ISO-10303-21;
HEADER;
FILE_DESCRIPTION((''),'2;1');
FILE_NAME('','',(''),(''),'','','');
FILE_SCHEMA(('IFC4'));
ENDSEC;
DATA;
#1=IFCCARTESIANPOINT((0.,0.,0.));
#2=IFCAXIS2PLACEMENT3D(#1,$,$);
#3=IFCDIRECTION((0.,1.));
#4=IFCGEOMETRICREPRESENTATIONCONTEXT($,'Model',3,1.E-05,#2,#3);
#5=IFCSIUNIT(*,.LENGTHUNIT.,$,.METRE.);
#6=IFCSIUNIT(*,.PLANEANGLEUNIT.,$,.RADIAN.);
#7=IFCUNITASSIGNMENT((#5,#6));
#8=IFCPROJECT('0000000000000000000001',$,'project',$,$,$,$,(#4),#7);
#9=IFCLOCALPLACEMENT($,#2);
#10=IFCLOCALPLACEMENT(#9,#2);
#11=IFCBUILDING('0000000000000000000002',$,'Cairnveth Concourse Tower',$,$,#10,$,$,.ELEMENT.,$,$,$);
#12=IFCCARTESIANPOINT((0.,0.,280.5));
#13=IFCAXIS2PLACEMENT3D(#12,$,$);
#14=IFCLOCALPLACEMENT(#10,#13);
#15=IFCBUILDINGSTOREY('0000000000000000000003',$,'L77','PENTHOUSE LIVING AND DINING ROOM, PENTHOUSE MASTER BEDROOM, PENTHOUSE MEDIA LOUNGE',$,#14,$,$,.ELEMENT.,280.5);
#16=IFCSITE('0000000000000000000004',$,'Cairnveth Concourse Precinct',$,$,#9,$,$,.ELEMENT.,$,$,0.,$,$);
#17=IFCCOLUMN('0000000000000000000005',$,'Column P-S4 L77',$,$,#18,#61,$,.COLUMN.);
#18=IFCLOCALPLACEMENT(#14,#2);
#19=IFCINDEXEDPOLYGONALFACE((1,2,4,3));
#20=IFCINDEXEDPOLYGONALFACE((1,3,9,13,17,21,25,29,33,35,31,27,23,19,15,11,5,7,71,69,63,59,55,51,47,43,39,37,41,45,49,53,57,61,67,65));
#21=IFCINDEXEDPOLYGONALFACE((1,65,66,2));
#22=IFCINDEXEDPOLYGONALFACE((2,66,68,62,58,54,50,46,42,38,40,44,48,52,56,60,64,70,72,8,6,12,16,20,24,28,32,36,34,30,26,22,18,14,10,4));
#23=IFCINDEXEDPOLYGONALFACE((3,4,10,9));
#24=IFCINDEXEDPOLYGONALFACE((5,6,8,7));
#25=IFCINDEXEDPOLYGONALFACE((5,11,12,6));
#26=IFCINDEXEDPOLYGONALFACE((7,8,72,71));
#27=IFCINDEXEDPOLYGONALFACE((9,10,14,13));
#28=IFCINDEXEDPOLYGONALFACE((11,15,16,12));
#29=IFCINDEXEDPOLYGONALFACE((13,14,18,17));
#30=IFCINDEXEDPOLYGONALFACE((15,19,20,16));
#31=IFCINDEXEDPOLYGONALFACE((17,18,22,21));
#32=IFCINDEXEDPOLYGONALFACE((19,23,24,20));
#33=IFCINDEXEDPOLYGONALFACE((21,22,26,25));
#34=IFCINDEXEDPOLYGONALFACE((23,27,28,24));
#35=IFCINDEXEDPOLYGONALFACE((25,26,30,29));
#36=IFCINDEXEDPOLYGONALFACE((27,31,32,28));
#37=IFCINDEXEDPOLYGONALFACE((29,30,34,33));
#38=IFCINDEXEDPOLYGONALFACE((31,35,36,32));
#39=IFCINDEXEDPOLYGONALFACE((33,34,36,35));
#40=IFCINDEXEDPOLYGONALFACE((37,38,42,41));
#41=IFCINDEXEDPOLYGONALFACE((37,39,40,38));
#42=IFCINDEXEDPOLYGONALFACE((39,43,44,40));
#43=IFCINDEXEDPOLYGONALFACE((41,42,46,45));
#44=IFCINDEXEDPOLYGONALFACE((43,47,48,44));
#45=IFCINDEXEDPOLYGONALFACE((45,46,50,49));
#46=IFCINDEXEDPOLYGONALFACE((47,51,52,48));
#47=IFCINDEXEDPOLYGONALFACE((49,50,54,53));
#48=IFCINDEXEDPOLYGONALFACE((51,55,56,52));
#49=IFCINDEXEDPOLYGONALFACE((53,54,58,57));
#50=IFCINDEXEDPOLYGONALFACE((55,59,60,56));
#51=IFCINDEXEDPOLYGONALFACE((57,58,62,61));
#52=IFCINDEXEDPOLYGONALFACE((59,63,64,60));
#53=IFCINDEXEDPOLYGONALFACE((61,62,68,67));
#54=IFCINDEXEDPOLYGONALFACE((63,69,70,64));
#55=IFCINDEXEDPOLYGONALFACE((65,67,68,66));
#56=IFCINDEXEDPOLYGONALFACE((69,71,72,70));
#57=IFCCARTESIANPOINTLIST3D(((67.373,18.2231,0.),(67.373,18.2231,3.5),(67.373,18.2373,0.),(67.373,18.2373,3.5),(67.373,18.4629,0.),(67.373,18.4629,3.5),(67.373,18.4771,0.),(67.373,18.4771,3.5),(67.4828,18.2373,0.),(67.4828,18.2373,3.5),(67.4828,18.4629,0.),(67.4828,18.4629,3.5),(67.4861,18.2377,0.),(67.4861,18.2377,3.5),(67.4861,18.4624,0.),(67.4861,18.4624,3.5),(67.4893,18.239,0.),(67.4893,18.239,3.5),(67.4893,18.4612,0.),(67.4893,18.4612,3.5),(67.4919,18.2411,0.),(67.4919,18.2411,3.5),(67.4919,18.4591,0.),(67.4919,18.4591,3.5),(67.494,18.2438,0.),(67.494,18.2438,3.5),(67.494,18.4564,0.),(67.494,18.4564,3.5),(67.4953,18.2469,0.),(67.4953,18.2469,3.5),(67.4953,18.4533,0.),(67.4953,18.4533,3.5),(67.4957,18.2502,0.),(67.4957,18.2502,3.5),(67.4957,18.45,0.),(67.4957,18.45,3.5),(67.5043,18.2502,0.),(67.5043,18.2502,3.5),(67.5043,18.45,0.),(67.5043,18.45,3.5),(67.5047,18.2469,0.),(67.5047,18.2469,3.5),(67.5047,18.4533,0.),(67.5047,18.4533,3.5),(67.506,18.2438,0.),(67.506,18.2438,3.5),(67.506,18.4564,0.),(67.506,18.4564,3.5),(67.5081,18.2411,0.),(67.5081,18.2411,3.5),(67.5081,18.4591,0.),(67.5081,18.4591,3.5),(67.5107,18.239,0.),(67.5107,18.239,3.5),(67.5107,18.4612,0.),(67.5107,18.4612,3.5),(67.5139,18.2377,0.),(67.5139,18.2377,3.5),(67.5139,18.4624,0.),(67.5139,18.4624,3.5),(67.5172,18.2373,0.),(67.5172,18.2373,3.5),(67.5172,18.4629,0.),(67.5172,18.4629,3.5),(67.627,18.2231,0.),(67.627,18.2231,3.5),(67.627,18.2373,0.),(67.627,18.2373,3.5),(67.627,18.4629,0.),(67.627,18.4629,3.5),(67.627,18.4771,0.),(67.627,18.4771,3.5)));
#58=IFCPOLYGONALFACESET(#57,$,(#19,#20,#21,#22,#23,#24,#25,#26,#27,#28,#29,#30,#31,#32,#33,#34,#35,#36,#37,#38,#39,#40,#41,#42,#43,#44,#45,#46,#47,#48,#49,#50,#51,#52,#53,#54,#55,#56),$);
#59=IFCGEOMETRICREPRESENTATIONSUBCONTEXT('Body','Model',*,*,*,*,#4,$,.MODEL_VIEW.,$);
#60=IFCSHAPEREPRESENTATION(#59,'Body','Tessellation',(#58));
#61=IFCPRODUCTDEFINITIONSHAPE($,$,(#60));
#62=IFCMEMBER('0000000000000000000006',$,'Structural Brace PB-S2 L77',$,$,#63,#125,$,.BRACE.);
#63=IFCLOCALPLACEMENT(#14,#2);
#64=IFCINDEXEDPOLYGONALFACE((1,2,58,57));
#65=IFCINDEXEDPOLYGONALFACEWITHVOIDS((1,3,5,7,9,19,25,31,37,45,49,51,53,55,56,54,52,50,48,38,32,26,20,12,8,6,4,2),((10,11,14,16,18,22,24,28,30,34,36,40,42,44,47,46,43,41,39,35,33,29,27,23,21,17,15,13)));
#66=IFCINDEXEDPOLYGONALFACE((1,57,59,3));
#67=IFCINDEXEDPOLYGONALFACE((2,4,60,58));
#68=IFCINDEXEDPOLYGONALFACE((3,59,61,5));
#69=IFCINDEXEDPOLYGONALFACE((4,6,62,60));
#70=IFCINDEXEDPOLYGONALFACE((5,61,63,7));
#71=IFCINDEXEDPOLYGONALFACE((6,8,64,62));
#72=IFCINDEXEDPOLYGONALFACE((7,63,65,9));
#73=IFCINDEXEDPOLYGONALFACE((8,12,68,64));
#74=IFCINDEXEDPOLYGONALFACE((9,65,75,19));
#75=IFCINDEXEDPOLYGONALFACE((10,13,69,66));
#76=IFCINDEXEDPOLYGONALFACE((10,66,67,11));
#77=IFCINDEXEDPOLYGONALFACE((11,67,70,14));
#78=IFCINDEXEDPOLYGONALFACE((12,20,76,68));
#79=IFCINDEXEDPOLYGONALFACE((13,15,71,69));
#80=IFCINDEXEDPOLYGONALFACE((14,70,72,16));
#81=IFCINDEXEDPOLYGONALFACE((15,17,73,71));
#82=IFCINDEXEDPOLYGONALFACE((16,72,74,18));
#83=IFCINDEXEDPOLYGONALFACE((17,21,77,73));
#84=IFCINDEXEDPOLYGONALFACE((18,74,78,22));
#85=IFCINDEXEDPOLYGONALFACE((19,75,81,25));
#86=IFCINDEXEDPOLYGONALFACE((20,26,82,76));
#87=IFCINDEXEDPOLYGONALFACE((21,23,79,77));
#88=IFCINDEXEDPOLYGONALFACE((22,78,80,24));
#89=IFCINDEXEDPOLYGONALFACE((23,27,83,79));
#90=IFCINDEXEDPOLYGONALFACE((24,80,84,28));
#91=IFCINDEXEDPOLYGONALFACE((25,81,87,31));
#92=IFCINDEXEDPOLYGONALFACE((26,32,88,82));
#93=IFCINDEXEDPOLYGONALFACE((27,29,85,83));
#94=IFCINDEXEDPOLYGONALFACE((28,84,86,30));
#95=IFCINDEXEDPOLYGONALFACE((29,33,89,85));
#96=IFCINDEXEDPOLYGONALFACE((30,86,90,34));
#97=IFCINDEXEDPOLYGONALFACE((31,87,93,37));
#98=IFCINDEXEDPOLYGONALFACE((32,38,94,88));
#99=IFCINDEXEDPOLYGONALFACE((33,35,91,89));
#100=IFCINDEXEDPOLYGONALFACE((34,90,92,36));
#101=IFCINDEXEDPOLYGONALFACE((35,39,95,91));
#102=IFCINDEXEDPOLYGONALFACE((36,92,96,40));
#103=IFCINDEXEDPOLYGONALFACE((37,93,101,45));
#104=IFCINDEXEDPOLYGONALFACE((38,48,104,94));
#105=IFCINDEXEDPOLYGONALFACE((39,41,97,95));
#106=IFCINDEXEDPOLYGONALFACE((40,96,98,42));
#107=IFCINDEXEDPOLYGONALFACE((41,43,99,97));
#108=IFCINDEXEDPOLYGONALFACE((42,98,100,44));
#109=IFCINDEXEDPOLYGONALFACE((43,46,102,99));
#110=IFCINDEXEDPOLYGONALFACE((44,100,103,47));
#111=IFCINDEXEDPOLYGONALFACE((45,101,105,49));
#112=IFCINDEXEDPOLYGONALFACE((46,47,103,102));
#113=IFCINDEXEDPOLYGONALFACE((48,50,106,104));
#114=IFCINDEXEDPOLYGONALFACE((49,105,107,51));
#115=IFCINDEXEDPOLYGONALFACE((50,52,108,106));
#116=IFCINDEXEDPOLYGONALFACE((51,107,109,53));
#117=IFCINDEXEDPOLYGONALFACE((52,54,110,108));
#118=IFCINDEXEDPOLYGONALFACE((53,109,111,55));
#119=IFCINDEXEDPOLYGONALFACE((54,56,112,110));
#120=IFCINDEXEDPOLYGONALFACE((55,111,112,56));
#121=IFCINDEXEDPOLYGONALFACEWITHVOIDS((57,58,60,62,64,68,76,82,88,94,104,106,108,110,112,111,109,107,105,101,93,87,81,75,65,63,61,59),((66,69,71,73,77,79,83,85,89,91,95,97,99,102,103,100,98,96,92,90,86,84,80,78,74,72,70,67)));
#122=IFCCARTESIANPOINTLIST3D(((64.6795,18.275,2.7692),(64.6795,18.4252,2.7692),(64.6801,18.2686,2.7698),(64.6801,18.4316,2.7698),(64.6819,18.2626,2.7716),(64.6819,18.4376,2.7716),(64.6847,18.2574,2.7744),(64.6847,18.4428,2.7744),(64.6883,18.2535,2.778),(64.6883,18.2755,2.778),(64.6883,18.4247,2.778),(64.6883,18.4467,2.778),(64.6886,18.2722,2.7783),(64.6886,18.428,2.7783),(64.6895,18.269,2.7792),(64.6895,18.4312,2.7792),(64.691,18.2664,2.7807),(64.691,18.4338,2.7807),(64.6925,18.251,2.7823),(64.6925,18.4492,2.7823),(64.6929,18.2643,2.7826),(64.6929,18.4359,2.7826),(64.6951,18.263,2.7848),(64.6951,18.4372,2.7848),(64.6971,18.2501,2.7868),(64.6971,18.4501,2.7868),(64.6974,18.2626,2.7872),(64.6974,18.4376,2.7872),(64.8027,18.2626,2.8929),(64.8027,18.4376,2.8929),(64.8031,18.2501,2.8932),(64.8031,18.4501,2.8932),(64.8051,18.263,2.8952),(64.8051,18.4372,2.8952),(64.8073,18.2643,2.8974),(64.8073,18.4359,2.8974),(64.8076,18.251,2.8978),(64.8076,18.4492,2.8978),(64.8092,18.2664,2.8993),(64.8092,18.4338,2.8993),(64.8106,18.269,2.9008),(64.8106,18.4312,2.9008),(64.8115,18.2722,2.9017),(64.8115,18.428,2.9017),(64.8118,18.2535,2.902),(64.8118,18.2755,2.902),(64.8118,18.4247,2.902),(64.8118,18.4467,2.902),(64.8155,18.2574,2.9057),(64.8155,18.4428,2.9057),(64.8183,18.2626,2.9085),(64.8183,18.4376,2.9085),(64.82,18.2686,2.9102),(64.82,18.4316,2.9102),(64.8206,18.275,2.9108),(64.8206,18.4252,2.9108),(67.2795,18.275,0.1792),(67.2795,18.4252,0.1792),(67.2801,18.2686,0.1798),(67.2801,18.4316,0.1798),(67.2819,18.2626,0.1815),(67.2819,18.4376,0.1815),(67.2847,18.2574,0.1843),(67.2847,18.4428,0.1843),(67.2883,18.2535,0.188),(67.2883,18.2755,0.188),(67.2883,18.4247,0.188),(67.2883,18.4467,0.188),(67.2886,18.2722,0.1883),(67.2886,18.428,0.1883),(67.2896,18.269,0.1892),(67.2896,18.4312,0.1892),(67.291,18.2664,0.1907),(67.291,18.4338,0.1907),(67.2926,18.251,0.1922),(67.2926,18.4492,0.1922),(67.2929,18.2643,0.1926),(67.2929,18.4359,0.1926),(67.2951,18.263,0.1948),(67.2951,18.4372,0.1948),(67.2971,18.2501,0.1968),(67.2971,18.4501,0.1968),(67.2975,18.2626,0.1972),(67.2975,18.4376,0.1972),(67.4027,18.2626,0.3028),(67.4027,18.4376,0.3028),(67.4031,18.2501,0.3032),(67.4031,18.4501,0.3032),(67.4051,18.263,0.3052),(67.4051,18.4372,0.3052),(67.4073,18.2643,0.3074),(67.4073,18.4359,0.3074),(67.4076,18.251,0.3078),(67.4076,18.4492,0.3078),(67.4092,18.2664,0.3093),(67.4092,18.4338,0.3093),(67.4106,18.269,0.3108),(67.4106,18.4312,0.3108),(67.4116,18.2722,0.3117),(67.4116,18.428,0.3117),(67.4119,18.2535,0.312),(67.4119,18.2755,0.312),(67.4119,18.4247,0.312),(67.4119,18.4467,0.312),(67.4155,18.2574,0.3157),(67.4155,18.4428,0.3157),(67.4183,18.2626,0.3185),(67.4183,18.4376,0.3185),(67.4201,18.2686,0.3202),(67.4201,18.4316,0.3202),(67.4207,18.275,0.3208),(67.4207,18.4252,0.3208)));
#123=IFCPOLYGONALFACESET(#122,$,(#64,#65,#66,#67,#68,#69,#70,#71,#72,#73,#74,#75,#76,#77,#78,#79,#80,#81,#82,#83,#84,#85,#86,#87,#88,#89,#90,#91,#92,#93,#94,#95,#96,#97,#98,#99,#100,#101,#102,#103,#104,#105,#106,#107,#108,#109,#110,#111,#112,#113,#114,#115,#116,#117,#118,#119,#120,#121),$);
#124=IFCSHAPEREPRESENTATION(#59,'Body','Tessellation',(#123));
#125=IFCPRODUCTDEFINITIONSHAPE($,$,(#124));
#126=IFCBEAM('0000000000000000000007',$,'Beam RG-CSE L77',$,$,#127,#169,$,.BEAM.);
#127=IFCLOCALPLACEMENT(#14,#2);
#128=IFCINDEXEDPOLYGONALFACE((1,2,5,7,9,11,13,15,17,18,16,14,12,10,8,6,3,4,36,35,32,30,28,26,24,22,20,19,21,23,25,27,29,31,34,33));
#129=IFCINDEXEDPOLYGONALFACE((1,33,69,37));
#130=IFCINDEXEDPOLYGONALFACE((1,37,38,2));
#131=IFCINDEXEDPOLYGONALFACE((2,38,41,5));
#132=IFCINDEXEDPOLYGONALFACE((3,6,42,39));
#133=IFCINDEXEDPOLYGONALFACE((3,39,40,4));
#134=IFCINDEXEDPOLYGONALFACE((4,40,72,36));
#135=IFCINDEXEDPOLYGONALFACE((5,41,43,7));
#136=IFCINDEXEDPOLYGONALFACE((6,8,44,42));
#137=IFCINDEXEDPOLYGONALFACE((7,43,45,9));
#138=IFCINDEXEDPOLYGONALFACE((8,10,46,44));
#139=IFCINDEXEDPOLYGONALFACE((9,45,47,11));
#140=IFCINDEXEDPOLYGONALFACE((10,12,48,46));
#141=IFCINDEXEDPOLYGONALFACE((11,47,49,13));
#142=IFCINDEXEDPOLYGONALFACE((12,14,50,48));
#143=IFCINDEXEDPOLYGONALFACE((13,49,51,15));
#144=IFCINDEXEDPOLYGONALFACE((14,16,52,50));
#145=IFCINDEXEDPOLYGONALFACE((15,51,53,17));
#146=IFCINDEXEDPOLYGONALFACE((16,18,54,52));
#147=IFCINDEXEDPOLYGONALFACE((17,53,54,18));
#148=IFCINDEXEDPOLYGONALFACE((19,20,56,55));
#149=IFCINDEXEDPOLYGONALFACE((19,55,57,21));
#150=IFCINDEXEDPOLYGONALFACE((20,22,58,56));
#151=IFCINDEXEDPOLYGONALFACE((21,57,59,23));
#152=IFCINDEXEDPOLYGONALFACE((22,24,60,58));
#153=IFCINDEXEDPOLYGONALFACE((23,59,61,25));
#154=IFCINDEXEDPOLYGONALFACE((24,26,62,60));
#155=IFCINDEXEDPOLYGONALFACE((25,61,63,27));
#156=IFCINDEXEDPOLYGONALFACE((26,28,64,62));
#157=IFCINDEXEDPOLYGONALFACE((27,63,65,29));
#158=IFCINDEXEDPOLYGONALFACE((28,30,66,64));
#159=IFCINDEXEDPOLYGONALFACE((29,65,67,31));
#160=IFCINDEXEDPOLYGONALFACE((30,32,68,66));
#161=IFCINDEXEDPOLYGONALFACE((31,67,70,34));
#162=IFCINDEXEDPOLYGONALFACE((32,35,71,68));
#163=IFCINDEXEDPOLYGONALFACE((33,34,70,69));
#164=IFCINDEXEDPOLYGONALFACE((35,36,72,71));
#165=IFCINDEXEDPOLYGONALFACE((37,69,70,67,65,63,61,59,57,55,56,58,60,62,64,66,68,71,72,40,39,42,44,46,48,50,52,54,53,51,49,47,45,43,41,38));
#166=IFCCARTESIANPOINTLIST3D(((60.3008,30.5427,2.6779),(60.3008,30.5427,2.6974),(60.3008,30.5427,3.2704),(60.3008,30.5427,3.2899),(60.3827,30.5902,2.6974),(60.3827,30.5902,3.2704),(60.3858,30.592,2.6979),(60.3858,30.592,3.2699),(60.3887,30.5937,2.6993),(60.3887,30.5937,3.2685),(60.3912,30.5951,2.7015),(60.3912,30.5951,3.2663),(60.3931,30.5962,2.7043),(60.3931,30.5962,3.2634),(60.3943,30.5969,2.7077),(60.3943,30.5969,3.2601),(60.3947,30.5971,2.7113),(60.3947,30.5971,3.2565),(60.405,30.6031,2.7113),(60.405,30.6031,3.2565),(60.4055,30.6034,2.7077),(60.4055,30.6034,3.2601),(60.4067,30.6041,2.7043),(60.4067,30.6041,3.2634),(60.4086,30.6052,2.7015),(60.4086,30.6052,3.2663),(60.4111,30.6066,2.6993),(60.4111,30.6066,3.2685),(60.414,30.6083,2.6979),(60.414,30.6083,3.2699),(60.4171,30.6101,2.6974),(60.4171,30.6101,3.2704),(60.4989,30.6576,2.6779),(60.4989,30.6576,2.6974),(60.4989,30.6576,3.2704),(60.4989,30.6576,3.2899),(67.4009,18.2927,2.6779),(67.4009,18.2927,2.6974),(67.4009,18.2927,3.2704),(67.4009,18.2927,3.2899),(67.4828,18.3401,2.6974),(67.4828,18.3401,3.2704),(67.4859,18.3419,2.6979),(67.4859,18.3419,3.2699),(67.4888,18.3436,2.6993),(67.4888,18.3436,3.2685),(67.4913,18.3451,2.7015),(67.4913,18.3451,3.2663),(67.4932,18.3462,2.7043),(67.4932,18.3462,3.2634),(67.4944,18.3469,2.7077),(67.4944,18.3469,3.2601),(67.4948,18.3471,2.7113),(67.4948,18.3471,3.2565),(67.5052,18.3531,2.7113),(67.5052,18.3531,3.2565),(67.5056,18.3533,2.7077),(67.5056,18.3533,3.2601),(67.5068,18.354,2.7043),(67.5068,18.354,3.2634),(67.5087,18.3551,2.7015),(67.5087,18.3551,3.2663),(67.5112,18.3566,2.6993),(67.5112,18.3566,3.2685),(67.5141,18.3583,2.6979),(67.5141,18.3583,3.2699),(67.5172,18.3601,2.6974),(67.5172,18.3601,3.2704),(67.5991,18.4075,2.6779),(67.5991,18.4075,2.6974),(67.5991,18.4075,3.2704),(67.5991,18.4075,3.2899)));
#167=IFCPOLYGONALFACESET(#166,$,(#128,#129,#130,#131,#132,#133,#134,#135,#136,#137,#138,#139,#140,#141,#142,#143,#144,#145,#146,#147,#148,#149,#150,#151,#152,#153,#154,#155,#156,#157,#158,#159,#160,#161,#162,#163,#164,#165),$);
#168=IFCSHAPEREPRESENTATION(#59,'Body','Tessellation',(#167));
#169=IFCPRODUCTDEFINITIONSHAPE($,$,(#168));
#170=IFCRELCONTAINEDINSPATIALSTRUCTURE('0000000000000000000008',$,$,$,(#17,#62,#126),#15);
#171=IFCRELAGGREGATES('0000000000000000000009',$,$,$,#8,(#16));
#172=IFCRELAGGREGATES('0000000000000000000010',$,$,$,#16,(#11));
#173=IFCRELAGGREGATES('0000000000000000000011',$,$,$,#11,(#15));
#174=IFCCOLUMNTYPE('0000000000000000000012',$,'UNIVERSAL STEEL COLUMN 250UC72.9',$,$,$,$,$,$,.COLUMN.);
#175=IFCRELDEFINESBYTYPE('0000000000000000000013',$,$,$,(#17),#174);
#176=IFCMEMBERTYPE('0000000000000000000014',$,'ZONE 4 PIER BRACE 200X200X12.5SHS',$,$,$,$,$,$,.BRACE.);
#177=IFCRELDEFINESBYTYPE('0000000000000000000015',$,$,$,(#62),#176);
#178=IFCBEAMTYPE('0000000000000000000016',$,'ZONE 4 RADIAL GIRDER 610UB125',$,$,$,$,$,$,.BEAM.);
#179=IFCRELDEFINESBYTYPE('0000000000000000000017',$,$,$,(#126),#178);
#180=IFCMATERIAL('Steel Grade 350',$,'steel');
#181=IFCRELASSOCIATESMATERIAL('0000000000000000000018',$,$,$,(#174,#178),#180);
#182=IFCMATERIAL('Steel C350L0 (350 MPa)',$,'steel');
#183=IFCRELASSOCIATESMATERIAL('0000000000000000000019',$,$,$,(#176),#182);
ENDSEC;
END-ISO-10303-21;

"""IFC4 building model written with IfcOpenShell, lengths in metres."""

from ifc_helpers import new_model, si_unit, direction, frame, origin, origin_2d, place, context, subcontext, project, spatial, hollow_rectangle, i_section, extrude, material, material_profile, profile_set, type_object, element, save


model = new_model("IFC4")

# Units and contexts
model_context = context("Model", 3, precision=1e-05, world=origin(), true_north=direction((0.0, 1.0)))
body_context = subcontext(model_context, "Body", "Model", "MODEL_VIEW")
ifc_project = project(units=[si_unit("LENGTHUNIT", "METRE"), si_unit("PLANEANGLEUNIT", "RADIAN")], contexts=[model_context])

# Site, building, storey
site_placement = place(None, origin())
site = spatial("IfcSite", under=ifc_project, at=site_placement, Name="Cairnveth Concourse Precinct", CompositionType="ELEMENT", RefElevation=0.0)
building_placement = place(site_placement, origin())
building = spatial("IfcBuilding", under=site, at=building_placement, Name="Cairnveth Concourse Tower", CompositionType="ELEMENT")
storey_placement = place(building_placement, frame((0.0, 0.0, 280.5)))
storey = spatial("IfcBuildingStorey", under=building, at=storey_placement, Name="L77", Description="PENTHOUSE LIVING AND DINING ROOM, PENTHOUSE MASTER BEDROOM, PENTHOUSE MEDIA LOUNGE", CompositionType="ELEMENT", Elevation=280.5)

# Column
ifc_material_1 = material(Name="Steel Grade 350", Category="steel")
ifc_material_profile_1 = material_profile(ifc_material_1, i_section(OverallWidth=0.2539, OverallDepth=0.2539, WebThickness=0.0085, FlangeThickness=0.0142, FilletRadius=0.0129, at=origin_2d()), Name="250UC72.9")
ifc_profile_set_1 = profile_set([ifc_material_profile_1], Name="Steel Grade 350")
column_type = type_object("IfcColumnType", Name="UNIVERSAL STEEL COLUMN 250UC72.9", PredefinedType="COLUMN", material=ifc_profile_set_1)
column_placement = place(storey_placement, frame((67.5, 18.3501, 0.0), z_axis=(0.0, 0.0, 1.0), x_axis=(1.0, 0.0, 0.0)))
element("IfcColumn", 1, at=column_placement, inside=storey, type_object=column_type, Name="Column P-S4 L77", PredefinedType="COLUMN", context=body_context, shape_type="SweptSolid", body=[
    extrude(i_section(OverallWidth=0.2539, OverallDepth=0.2539, WebThickness=0.0085, FlangeThickness=0.0142, FilletRadius=0.0129, at=origin_2d()), origin(), (0.0, 0.0, 1.0), 3.5),
])

# Member
ifc_material_2 = material(Name="Steel C350L0 (350 MPa)", Category="steel")
ifc_material_profile_2 = material_profile(ifc_material_2, hollow_rectangle(XDim=0.2, YDim=0.2, WallThickness=0.0125, InnerFilletRadius=0.0129, OuterFilletRadius=0.0249, at=origin_2d()), Name="200x200x12.5SHS")
ifc_profile_set_2 = profile_set([ifc_material_profile_2], Name="Steel C350L0 (350 MPa)")
member_type = type_object("IfcMemberType", Name="ZONE 4 PIER BRACE 200X200X12.5SHS", PredefinedType="BRACE", material=ifc_profile_set_2)
member_placement = place(storey_placement, frame((67.3501, 18.3501, 0.25), z_axis=(-0.708469, 0.0, 0.705742), x_axis=(0.0, -1.0, 0.0)))
element("IfcMember", 2, at=member_placement, inside=storey, type_object=member_type, Name="Structural Brace PB-S2 L77", PredefinedType="BRACE", context=body_context, shape_type="SweptSolid", body=[
    extrude(hollow_rectangle(XDim=0.2, YDim=0.2, WallThickness=0.0125, InnerFilletRadius=0.0129, OuterFilletRadius=0.0249, at=origin_2d()), origin(), (0.0, 0.0, 1.0), 3.6699),
])

# Beam
ifc_material_profile_3 = material_profile(ifc_material_1, i_section(OverallWidth=0.229, OverallDepth=0.6121, WebThickness=0.012, FlangeThickness=0.0195, FilletRadius=0.0139, at=origin_2d()), Name="610UB125")
ifc_profile_set_3 = profile_set([ifc_material_profile_3], Name="Steel Grade 350")
beam_type_1 = type_object("IfcBeamType", Name="ZONE 4 RADIAL GIRDER 610UB125", PredefinedType="BEAM", material=ifc_profile_set_3)
beam_1_placement = place(storey_placement, frame((67.5, 18.3501, 2.9839), z_axis=(-0.501459, 0.865181, 0.0), x_axis=(-0.865181, -0.501459, 0.0)))
element("IfcBeam", 3, at=beam_1_placement, inside=storey, type_object=beam_type_1, Name="Beam RG-CSE L77", PredefinedType="BEAM", context=body_context, shape_type="SweptSolid", body=[
    extrude(i_section(OverallWidth=0.229, OverallDepth=0.6121, WebThickness=0.012, FlangeThickness=0.0195, FilletRadius=0.0139, at=origin_2d()), origin(), (0.0, 0.0, 1.0), 14.1589),
])

save(model, "model.ifc")
